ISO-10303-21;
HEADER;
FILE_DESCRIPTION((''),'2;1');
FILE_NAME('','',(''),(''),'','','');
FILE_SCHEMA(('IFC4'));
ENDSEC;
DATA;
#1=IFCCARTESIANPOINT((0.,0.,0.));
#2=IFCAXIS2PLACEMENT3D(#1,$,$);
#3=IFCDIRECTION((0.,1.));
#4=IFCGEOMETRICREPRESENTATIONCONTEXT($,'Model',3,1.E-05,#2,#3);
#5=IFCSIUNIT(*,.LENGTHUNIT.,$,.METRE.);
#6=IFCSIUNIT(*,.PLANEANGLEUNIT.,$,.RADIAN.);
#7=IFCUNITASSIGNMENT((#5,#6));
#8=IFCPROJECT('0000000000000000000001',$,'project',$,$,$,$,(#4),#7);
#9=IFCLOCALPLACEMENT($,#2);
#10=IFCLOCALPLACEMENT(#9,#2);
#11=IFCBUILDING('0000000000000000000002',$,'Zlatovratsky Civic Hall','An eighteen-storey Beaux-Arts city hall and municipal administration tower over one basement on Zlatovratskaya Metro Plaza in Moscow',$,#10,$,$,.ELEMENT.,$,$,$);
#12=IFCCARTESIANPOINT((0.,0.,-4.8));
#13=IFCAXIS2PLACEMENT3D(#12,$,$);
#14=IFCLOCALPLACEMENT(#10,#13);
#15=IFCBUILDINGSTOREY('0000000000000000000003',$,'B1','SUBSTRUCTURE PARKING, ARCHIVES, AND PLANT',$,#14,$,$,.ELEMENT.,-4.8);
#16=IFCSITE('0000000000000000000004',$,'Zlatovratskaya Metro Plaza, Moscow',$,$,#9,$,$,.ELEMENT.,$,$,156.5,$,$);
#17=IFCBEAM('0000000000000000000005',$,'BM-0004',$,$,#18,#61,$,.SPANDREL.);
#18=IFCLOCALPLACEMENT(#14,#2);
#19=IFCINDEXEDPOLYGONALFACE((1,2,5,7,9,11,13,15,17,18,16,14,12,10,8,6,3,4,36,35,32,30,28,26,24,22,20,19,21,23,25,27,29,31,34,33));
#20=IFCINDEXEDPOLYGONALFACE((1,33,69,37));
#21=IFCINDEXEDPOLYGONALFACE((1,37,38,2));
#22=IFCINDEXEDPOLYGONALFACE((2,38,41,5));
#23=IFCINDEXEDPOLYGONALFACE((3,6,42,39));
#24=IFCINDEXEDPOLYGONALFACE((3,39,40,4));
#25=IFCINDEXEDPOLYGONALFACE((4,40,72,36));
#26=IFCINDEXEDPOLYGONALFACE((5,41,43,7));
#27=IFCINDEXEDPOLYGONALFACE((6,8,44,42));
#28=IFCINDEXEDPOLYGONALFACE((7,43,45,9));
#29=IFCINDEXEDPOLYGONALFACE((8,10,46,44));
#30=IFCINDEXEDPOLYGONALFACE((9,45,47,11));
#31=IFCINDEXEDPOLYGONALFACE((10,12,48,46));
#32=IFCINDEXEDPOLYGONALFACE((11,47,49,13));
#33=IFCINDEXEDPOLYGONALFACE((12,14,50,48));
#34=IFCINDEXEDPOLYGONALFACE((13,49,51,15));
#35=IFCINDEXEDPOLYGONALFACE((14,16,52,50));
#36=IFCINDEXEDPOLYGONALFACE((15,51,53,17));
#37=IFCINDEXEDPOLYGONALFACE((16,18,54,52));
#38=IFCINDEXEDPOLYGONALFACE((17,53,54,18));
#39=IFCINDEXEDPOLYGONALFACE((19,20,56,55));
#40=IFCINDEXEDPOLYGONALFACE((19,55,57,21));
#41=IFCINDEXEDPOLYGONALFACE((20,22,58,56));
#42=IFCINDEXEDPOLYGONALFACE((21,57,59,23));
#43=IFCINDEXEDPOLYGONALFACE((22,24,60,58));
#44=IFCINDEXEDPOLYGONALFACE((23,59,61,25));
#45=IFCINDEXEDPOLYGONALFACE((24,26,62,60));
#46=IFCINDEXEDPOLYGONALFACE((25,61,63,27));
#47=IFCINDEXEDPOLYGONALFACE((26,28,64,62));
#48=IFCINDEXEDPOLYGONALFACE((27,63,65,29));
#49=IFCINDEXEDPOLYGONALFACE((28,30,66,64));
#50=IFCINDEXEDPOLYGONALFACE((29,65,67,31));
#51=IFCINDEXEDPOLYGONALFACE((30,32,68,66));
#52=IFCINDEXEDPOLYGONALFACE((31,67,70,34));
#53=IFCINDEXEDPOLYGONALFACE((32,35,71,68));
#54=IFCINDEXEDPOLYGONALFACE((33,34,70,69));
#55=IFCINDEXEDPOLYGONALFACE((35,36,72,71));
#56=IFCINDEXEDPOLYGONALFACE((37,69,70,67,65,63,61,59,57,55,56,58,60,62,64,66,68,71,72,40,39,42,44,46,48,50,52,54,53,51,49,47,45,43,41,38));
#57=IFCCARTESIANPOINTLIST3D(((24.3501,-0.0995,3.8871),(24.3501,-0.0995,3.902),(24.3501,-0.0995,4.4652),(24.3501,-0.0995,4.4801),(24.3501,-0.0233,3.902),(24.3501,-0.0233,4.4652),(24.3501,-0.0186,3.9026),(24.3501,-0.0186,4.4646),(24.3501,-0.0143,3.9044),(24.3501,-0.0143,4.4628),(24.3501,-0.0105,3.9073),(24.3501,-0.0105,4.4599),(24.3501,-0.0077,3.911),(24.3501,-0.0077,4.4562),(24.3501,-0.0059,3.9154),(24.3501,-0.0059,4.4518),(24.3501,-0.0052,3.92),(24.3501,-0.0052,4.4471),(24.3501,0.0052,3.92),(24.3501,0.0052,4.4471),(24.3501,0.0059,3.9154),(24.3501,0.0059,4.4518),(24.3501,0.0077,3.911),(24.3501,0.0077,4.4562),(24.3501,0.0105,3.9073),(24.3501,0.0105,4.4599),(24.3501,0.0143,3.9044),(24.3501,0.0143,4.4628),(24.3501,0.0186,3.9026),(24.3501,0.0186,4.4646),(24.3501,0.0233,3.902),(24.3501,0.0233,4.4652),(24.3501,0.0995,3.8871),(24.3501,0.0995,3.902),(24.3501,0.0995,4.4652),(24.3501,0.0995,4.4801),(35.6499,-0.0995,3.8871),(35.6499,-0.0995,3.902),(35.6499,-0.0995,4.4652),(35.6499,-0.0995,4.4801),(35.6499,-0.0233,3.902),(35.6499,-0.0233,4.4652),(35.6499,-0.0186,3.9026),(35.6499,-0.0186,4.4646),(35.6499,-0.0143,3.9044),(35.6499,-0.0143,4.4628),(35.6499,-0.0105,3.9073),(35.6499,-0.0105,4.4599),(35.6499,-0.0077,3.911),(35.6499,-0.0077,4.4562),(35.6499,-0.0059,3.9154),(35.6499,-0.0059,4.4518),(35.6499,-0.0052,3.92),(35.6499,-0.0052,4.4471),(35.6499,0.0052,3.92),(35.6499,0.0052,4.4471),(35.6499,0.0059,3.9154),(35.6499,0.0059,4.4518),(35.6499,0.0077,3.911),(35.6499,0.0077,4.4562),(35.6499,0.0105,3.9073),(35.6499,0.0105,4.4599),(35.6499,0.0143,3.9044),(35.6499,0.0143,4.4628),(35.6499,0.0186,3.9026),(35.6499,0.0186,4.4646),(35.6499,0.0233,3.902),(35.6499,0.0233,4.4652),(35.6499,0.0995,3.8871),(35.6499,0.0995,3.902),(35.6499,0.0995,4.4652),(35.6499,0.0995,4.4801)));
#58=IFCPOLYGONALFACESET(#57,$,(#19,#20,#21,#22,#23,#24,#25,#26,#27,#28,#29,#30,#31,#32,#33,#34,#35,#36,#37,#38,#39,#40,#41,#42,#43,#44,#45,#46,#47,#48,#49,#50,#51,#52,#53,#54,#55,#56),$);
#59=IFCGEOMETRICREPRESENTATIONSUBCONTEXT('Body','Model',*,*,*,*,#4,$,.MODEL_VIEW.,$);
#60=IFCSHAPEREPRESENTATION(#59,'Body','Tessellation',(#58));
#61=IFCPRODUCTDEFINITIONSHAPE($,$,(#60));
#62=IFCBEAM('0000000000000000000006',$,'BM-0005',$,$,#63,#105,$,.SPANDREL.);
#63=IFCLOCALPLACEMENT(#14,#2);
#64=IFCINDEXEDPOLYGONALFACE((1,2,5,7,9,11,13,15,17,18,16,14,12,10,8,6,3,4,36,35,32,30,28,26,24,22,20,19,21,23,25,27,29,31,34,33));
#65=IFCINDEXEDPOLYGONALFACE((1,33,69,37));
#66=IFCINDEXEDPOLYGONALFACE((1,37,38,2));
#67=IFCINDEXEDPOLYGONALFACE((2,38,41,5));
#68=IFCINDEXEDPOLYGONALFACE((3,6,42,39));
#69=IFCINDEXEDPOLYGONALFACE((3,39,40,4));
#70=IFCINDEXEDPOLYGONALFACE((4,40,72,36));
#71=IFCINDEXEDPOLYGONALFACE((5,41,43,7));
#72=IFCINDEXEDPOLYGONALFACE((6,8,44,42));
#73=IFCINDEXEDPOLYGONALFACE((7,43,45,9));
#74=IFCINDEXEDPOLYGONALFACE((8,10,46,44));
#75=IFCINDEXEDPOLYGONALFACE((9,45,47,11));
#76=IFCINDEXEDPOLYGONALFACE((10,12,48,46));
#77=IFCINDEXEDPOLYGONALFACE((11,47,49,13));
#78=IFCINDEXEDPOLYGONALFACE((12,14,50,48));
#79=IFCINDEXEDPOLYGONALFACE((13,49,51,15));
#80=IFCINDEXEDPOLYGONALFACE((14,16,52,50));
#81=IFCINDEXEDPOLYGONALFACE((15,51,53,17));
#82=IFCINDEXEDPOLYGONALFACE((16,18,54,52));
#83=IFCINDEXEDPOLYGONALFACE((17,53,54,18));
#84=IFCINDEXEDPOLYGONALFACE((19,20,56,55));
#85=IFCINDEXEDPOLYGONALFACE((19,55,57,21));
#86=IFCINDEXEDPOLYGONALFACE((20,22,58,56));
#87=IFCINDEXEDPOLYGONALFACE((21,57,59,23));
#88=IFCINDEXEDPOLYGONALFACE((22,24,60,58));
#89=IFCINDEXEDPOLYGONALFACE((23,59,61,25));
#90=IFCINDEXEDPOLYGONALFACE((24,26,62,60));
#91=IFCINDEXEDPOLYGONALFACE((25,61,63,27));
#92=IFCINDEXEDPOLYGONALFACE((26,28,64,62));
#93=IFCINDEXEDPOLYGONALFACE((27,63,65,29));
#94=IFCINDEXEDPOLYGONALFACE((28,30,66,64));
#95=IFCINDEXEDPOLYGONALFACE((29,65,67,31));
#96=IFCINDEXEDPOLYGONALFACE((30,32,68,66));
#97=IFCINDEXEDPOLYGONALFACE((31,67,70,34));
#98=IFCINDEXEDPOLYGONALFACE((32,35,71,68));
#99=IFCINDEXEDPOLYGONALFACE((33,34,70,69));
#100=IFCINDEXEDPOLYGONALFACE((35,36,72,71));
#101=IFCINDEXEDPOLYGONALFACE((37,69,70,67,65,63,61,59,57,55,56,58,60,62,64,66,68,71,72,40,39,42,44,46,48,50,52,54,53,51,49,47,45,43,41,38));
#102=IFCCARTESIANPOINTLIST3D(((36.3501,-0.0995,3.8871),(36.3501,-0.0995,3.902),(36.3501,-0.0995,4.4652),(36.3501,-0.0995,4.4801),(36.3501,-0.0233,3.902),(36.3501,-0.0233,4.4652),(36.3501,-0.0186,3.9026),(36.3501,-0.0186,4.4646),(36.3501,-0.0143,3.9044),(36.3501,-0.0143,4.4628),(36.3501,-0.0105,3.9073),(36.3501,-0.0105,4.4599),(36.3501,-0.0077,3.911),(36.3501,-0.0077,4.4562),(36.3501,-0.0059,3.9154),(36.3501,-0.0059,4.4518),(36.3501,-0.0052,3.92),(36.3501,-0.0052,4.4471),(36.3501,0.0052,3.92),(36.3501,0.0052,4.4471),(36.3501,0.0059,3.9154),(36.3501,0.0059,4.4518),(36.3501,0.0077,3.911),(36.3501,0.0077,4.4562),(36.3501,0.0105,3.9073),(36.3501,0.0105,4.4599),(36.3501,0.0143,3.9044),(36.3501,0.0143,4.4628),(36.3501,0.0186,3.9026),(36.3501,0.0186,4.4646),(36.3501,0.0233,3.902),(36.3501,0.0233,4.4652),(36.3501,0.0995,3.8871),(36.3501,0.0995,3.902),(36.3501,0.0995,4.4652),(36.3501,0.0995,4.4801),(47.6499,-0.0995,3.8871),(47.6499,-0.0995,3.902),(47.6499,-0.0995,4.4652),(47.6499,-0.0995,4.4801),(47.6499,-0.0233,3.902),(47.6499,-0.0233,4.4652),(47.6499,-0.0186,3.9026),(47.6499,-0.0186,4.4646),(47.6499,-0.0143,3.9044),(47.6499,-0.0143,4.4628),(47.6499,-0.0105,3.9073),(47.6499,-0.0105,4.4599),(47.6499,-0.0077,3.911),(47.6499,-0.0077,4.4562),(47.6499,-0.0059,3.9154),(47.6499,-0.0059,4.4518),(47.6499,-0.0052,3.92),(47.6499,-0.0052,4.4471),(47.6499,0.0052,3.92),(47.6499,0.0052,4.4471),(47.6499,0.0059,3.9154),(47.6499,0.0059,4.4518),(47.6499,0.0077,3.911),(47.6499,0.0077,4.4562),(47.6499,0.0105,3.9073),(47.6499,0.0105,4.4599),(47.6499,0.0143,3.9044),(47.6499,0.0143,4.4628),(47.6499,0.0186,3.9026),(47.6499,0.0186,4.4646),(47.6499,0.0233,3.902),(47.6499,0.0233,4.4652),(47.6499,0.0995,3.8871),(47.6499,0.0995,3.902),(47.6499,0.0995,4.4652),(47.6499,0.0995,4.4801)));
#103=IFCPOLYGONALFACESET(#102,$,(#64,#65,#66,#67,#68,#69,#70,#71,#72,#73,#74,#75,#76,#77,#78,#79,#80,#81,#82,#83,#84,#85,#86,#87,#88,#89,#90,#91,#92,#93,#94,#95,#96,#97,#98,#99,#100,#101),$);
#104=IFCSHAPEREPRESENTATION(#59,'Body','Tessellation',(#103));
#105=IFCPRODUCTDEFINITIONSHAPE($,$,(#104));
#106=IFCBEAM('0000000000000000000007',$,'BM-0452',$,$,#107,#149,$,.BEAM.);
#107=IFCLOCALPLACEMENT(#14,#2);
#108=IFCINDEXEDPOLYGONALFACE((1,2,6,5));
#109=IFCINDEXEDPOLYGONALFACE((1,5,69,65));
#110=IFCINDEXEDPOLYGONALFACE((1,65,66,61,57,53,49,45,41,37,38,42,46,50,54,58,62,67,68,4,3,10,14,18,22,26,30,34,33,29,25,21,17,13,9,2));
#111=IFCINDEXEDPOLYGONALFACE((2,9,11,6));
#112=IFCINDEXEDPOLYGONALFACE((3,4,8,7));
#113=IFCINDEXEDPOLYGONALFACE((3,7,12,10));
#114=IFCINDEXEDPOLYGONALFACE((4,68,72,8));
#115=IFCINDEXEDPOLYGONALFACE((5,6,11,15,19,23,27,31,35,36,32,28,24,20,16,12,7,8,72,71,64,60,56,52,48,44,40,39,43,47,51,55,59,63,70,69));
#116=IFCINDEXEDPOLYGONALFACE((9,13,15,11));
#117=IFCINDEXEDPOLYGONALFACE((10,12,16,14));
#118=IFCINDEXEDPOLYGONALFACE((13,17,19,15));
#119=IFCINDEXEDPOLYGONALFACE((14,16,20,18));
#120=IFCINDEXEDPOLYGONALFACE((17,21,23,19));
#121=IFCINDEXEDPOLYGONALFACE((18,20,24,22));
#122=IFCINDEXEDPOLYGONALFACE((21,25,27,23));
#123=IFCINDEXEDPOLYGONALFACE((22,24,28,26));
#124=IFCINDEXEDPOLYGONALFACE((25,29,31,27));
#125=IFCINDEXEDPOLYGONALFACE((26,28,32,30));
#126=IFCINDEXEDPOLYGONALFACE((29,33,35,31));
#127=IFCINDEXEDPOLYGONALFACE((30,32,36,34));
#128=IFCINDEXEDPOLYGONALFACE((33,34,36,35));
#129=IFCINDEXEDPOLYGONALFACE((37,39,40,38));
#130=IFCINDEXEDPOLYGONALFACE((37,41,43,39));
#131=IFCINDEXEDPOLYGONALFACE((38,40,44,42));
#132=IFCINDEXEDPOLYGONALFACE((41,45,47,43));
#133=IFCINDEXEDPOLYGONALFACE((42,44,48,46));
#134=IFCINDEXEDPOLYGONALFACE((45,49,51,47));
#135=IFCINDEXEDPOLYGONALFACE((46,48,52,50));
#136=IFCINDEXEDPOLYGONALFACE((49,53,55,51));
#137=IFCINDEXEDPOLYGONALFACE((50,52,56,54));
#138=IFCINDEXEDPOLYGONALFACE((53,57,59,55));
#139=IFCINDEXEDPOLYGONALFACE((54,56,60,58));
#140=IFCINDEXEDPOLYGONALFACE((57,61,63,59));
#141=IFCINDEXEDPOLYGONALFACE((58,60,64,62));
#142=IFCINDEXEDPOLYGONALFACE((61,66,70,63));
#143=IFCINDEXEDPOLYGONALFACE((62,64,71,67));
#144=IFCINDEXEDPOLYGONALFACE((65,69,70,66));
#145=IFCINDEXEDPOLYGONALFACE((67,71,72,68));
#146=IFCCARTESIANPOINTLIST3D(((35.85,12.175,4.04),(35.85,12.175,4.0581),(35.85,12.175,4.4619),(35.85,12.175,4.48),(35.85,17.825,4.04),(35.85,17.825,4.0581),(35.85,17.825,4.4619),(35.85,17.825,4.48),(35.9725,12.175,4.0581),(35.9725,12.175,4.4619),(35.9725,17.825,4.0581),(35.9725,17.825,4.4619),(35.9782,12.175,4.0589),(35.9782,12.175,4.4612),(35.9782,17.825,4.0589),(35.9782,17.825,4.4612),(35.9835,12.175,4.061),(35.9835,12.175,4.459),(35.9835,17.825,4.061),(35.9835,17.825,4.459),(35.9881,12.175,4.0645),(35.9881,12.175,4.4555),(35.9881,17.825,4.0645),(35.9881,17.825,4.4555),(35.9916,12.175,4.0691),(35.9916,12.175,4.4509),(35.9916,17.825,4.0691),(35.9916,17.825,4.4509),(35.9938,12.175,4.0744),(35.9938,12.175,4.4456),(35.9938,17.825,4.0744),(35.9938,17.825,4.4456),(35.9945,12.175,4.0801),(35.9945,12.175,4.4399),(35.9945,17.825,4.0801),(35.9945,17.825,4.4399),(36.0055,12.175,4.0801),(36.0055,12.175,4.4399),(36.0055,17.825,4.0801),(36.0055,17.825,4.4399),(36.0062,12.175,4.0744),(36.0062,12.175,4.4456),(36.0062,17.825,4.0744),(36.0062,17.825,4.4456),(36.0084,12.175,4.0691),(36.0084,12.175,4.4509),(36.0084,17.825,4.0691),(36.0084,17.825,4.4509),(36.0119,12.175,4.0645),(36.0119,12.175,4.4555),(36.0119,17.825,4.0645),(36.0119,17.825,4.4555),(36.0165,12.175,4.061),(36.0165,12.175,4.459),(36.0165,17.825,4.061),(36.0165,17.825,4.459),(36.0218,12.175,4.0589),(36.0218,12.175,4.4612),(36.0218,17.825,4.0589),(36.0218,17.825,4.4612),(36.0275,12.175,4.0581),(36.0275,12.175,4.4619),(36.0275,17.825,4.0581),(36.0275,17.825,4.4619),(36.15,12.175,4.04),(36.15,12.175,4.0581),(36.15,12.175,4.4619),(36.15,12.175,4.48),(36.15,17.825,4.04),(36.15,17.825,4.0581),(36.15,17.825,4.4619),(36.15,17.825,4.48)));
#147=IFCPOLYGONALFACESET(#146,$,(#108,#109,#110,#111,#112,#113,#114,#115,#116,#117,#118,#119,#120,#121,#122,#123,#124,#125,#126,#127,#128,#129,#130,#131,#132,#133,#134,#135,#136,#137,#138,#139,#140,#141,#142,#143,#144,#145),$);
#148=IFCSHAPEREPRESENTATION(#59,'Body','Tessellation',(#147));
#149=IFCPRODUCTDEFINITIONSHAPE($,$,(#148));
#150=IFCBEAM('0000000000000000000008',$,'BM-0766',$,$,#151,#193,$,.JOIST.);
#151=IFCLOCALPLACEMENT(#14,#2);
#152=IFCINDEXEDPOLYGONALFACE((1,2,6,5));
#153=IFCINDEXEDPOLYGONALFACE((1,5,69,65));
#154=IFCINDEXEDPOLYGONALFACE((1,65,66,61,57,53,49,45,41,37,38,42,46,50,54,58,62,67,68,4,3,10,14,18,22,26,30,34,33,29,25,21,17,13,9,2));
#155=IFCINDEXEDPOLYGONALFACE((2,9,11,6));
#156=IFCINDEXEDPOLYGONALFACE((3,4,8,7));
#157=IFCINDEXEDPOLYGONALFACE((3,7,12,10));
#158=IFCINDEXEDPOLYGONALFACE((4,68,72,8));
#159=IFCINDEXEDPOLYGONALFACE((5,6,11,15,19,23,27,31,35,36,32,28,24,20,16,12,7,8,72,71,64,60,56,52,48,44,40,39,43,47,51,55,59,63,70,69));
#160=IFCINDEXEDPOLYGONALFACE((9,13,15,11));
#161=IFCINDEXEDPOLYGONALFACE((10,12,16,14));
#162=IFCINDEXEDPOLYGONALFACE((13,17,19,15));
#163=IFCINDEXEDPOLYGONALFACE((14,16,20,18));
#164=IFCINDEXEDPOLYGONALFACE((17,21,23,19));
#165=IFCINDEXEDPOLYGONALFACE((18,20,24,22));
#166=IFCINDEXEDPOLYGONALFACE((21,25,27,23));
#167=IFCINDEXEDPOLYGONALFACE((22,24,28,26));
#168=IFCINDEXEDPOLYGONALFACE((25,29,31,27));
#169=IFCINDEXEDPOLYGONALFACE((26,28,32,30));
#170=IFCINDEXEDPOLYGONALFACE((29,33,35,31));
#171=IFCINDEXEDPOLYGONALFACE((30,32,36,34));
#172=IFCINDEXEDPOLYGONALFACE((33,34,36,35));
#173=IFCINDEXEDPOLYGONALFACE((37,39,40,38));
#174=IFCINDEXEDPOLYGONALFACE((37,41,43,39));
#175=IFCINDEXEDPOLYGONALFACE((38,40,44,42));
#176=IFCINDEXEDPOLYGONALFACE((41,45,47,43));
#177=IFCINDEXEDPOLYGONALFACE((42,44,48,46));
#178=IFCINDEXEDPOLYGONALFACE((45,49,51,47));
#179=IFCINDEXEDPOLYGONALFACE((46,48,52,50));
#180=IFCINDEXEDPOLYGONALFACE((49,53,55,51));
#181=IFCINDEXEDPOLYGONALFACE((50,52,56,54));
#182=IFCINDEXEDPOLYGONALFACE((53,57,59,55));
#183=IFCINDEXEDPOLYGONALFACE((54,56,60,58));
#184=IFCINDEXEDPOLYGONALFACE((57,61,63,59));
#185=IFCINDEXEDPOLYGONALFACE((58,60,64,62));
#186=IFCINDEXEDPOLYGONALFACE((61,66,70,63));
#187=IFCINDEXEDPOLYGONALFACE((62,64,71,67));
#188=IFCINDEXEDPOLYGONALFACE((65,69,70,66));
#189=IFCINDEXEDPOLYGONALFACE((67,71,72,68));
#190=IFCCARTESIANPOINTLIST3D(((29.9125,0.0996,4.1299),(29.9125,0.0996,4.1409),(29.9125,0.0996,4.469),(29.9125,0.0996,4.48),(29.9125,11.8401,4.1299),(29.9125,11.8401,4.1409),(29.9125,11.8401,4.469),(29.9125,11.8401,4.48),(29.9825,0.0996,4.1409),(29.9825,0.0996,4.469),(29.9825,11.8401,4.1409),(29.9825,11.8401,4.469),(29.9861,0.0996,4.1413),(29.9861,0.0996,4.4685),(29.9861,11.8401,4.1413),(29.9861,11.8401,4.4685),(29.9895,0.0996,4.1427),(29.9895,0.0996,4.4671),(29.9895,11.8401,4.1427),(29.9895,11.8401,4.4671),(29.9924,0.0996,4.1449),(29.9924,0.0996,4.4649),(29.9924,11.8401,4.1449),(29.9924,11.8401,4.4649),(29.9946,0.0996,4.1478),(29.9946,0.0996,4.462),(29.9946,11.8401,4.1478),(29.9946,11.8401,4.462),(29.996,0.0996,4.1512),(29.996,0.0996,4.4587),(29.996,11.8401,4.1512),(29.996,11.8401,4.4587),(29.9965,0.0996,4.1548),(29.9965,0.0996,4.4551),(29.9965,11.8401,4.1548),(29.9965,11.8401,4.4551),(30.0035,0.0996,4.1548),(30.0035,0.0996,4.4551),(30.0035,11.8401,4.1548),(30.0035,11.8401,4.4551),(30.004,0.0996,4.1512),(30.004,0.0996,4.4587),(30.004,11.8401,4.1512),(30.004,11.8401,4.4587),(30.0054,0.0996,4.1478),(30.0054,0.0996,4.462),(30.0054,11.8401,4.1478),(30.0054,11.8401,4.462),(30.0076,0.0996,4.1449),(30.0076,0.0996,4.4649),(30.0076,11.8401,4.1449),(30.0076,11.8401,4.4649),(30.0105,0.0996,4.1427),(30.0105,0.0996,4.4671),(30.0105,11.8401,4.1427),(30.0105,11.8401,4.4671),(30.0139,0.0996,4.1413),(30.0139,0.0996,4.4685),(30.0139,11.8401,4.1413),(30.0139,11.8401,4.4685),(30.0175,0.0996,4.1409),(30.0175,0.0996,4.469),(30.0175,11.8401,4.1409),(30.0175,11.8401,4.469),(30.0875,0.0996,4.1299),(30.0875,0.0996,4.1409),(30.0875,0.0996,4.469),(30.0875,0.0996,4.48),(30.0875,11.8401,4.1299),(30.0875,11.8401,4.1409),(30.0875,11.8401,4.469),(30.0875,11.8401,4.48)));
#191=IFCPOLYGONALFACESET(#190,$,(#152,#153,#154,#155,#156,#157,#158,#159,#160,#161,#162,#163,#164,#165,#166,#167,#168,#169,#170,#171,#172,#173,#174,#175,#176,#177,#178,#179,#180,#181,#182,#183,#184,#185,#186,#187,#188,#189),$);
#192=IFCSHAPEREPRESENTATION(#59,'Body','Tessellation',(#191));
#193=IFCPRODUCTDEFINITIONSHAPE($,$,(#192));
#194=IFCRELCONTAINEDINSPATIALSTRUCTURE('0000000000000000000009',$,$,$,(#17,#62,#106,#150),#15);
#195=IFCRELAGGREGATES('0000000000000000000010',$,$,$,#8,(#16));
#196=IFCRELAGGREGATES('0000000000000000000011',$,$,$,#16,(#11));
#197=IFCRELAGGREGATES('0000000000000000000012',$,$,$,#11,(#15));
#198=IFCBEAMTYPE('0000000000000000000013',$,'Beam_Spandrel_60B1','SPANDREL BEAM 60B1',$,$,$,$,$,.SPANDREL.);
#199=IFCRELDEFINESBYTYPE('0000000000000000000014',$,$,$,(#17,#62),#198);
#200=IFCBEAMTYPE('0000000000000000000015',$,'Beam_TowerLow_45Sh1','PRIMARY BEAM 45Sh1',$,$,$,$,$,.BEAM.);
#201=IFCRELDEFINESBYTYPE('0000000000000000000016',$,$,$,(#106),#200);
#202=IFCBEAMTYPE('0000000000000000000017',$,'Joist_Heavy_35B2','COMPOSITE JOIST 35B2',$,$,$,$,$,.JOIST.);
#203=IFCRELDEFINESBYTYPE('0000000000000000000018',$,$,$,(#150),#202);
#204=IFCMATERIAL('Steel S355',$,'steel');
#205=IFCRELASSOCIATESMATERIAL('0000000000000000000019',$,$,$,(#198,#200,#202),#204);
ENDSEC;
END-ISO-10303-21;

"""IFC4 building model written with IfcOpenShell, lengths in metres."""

from ifc_helpers import new_model, si_unit, direction, frame, origin, origin_2d, place, context, subcontext, project, spatial, i_section, extrude, material, material_profile, profile_set, type_object, element, save


model = new_model("IFC4")

# Units and contexts
model_context = context("Model", 3, precision=1e-05, world=origin(), true_north=direction((0.0, 1.0)))
body_context = subcontext(model_context, "Body", "Model", "MODEL_VIEW")
ifc_project = project(units=[si_unit("LENGTHUNIT", "METRE"), si_unit("PLANEANGLEUNIT", "RADIAN")], contexts=[model_context])

# Site, building, storey
site_placement = place(None, origin())
site = spatial("IfcSite", under=ifc_project, at=site_placement, Name="Zlatovratskaya Metro Plaza, Moscow", CompositionType="ELEMENT", RefElevation=156.5)
building_placement = place(site_placement, origin())
building = spatial("IfcBuilding", under=site, at=building_placement, Name="Zlatovratsky Civic Hall", Description="An eighteen-storey Beaux-Arts city hall and municipal administration tower over one basement on Zlatovratskaya Metro Plaza in Moscow", CompositionType="ELEMENT")
storey_placement = place(building_placement, frame((0.0, 0.0, -4.8)))
storey = spatial("IfcBuildingStorey", under=building, at=storey_placement, Name="B1", Description="SUBSTRUCTURE PARKING, ARCHIVES, AND PLANT", CompositionType="ELEMENT", Elevation=-4.8)

# Shared definitions
ifc_material_1 = material(Name="Steel S355", Category="steel")

# Beams
ifc_material_profile_1 = material_profile(ifc_material_1, i_section(OverallWidth=0.199, OverallDepth=0.593, WebThickness=0.0105, FlangeThickness=0.0149, FilletRadius=0.0181, at=origin_2d()), Name="60B1")
ifc_profile_set_1 = profile_set([ifc_material_profile_1], Name="Steel S355")
beam_type_1 = type_object("IfcBeamType", Name="Beam_Spandrel_60B1", Description="SPANDREL BEAM 60B1", PredefinedType="SPANDREL", material=ifc_profile_set_1)
for number, where, z_axis, x_axis, name in (
    (1, (24.3501, 0.0, 4.1836), (1.0, 0.0, 0.0), (0.0, 1.0, 0.0), "BM-0004"),
    (2, (36.3501, 0.0, 4.1836), (1.0, 0.0, 0.0), (0.0, 1.0, 0.0), "BM-0005"),
):
    element("IfcBeam", number, at=place(storey_placement, frame(where, z_axis=z_axis, x_axis=x_axis)), inside=storey, type_object=beam_type_1, Name=name, PredefinedType="SPANDREL", context=body_context, shape_type="SweptSolid", body=[
        extrude(i_section(OverallWidth=0.199, OverallDepth=0.593, WebThickness=0.0105, FlangeThickness=0.0149, FilletRadius=0.0181, at=origin_2d()), origin(), (0.0, 0.0, 1.0), 11.2998),
    ])
ifc_material_profile_2 = material_profile(ifc_material_1, i_section(OverallWidth=0.3, OverallDepth=0.4399, WebThickness=0.011, FlangeThickness=0.0181, FilletRadius=0.022, at=origin_2d()), Name="45Sh1")
ifc_profile_set_2 = profile_set([ifc_material_profile_2], Name="Steel S355")
beam_type_2 = type_object("IfcBeamType", Name="Beam_TowerLow_45Sh1", Description="PRIMARY BEAM 45Sh1", PredefinedType="BEAM", material=ifc_profile_set_2)
beam_1_placement = place(storey_placement, frame((36.0, 12.175, 4.26), z_axis=(0.0, 1.0, 0.0), x_axis=(-1.0, 0.0, 0.0)))
element("IfcBeam", 3, at=beam_1_placement, inside=storey, type_object=beam_type_2, Name="BM-0452", PredefinedType="BEAM", context=body_context, shape_type="SweptSolid", body=[
    extrude(i_section(OverallWidth=0.3, OverallDepth=0.4399, WebThickness=0.011, FlangeThickness=0.0181, FilletRadius=0.022, at=origin_2d()), origin(), (0.0, 0.0, 1.0), 5.6499),
])
ifc_material_profile_3 = material_profile(ifc_material_1, i_section(OverallWidth=0.175, OverallDepth=0.3501, WebThickness=0.0071, FlangeThickness=0.011, FilletRadius=0.0139, at=origin_2d()), Name="35B2")
ifc_profile_set_3 = profile_set([ifc_material_profile_3], Name="Steel S355")
beam_type_3 = type_object("IfcBeamType", Name="Joist_Heavy_35B2", Description="COMPOSITE JOIST 35B2", PredefinedType="JOIST", material=ifc_profile_set_3)
for number, where, z_axis, x_axis, name in (
    (4, (30.0, 0.0996, 4.3049), (0.0, 1.0, 0.0), (-1.0, 0.0, 0.0), "BM-0766"),
):
    element("IfcBeam", number, at=place(storey_placement, frame(where, z_axis=z_axis, x_axis=x_axis)), inside=storey, type_object=beam_type_3, Name=name, PredefinedType="JOIST", context=body_context, shape_type="SweptSolid", body=[
        extrude(i_section(OverallWidth=0.175, OverallDepth=0.3501, WebThickness=0.0071, FlangeThickness=0.011, FilletRadius=0.0139, at=origin_2d()), origin(), (0.0, 0.0, 1.0), 11.7405),
    ])

save(model, "model.ifc")
